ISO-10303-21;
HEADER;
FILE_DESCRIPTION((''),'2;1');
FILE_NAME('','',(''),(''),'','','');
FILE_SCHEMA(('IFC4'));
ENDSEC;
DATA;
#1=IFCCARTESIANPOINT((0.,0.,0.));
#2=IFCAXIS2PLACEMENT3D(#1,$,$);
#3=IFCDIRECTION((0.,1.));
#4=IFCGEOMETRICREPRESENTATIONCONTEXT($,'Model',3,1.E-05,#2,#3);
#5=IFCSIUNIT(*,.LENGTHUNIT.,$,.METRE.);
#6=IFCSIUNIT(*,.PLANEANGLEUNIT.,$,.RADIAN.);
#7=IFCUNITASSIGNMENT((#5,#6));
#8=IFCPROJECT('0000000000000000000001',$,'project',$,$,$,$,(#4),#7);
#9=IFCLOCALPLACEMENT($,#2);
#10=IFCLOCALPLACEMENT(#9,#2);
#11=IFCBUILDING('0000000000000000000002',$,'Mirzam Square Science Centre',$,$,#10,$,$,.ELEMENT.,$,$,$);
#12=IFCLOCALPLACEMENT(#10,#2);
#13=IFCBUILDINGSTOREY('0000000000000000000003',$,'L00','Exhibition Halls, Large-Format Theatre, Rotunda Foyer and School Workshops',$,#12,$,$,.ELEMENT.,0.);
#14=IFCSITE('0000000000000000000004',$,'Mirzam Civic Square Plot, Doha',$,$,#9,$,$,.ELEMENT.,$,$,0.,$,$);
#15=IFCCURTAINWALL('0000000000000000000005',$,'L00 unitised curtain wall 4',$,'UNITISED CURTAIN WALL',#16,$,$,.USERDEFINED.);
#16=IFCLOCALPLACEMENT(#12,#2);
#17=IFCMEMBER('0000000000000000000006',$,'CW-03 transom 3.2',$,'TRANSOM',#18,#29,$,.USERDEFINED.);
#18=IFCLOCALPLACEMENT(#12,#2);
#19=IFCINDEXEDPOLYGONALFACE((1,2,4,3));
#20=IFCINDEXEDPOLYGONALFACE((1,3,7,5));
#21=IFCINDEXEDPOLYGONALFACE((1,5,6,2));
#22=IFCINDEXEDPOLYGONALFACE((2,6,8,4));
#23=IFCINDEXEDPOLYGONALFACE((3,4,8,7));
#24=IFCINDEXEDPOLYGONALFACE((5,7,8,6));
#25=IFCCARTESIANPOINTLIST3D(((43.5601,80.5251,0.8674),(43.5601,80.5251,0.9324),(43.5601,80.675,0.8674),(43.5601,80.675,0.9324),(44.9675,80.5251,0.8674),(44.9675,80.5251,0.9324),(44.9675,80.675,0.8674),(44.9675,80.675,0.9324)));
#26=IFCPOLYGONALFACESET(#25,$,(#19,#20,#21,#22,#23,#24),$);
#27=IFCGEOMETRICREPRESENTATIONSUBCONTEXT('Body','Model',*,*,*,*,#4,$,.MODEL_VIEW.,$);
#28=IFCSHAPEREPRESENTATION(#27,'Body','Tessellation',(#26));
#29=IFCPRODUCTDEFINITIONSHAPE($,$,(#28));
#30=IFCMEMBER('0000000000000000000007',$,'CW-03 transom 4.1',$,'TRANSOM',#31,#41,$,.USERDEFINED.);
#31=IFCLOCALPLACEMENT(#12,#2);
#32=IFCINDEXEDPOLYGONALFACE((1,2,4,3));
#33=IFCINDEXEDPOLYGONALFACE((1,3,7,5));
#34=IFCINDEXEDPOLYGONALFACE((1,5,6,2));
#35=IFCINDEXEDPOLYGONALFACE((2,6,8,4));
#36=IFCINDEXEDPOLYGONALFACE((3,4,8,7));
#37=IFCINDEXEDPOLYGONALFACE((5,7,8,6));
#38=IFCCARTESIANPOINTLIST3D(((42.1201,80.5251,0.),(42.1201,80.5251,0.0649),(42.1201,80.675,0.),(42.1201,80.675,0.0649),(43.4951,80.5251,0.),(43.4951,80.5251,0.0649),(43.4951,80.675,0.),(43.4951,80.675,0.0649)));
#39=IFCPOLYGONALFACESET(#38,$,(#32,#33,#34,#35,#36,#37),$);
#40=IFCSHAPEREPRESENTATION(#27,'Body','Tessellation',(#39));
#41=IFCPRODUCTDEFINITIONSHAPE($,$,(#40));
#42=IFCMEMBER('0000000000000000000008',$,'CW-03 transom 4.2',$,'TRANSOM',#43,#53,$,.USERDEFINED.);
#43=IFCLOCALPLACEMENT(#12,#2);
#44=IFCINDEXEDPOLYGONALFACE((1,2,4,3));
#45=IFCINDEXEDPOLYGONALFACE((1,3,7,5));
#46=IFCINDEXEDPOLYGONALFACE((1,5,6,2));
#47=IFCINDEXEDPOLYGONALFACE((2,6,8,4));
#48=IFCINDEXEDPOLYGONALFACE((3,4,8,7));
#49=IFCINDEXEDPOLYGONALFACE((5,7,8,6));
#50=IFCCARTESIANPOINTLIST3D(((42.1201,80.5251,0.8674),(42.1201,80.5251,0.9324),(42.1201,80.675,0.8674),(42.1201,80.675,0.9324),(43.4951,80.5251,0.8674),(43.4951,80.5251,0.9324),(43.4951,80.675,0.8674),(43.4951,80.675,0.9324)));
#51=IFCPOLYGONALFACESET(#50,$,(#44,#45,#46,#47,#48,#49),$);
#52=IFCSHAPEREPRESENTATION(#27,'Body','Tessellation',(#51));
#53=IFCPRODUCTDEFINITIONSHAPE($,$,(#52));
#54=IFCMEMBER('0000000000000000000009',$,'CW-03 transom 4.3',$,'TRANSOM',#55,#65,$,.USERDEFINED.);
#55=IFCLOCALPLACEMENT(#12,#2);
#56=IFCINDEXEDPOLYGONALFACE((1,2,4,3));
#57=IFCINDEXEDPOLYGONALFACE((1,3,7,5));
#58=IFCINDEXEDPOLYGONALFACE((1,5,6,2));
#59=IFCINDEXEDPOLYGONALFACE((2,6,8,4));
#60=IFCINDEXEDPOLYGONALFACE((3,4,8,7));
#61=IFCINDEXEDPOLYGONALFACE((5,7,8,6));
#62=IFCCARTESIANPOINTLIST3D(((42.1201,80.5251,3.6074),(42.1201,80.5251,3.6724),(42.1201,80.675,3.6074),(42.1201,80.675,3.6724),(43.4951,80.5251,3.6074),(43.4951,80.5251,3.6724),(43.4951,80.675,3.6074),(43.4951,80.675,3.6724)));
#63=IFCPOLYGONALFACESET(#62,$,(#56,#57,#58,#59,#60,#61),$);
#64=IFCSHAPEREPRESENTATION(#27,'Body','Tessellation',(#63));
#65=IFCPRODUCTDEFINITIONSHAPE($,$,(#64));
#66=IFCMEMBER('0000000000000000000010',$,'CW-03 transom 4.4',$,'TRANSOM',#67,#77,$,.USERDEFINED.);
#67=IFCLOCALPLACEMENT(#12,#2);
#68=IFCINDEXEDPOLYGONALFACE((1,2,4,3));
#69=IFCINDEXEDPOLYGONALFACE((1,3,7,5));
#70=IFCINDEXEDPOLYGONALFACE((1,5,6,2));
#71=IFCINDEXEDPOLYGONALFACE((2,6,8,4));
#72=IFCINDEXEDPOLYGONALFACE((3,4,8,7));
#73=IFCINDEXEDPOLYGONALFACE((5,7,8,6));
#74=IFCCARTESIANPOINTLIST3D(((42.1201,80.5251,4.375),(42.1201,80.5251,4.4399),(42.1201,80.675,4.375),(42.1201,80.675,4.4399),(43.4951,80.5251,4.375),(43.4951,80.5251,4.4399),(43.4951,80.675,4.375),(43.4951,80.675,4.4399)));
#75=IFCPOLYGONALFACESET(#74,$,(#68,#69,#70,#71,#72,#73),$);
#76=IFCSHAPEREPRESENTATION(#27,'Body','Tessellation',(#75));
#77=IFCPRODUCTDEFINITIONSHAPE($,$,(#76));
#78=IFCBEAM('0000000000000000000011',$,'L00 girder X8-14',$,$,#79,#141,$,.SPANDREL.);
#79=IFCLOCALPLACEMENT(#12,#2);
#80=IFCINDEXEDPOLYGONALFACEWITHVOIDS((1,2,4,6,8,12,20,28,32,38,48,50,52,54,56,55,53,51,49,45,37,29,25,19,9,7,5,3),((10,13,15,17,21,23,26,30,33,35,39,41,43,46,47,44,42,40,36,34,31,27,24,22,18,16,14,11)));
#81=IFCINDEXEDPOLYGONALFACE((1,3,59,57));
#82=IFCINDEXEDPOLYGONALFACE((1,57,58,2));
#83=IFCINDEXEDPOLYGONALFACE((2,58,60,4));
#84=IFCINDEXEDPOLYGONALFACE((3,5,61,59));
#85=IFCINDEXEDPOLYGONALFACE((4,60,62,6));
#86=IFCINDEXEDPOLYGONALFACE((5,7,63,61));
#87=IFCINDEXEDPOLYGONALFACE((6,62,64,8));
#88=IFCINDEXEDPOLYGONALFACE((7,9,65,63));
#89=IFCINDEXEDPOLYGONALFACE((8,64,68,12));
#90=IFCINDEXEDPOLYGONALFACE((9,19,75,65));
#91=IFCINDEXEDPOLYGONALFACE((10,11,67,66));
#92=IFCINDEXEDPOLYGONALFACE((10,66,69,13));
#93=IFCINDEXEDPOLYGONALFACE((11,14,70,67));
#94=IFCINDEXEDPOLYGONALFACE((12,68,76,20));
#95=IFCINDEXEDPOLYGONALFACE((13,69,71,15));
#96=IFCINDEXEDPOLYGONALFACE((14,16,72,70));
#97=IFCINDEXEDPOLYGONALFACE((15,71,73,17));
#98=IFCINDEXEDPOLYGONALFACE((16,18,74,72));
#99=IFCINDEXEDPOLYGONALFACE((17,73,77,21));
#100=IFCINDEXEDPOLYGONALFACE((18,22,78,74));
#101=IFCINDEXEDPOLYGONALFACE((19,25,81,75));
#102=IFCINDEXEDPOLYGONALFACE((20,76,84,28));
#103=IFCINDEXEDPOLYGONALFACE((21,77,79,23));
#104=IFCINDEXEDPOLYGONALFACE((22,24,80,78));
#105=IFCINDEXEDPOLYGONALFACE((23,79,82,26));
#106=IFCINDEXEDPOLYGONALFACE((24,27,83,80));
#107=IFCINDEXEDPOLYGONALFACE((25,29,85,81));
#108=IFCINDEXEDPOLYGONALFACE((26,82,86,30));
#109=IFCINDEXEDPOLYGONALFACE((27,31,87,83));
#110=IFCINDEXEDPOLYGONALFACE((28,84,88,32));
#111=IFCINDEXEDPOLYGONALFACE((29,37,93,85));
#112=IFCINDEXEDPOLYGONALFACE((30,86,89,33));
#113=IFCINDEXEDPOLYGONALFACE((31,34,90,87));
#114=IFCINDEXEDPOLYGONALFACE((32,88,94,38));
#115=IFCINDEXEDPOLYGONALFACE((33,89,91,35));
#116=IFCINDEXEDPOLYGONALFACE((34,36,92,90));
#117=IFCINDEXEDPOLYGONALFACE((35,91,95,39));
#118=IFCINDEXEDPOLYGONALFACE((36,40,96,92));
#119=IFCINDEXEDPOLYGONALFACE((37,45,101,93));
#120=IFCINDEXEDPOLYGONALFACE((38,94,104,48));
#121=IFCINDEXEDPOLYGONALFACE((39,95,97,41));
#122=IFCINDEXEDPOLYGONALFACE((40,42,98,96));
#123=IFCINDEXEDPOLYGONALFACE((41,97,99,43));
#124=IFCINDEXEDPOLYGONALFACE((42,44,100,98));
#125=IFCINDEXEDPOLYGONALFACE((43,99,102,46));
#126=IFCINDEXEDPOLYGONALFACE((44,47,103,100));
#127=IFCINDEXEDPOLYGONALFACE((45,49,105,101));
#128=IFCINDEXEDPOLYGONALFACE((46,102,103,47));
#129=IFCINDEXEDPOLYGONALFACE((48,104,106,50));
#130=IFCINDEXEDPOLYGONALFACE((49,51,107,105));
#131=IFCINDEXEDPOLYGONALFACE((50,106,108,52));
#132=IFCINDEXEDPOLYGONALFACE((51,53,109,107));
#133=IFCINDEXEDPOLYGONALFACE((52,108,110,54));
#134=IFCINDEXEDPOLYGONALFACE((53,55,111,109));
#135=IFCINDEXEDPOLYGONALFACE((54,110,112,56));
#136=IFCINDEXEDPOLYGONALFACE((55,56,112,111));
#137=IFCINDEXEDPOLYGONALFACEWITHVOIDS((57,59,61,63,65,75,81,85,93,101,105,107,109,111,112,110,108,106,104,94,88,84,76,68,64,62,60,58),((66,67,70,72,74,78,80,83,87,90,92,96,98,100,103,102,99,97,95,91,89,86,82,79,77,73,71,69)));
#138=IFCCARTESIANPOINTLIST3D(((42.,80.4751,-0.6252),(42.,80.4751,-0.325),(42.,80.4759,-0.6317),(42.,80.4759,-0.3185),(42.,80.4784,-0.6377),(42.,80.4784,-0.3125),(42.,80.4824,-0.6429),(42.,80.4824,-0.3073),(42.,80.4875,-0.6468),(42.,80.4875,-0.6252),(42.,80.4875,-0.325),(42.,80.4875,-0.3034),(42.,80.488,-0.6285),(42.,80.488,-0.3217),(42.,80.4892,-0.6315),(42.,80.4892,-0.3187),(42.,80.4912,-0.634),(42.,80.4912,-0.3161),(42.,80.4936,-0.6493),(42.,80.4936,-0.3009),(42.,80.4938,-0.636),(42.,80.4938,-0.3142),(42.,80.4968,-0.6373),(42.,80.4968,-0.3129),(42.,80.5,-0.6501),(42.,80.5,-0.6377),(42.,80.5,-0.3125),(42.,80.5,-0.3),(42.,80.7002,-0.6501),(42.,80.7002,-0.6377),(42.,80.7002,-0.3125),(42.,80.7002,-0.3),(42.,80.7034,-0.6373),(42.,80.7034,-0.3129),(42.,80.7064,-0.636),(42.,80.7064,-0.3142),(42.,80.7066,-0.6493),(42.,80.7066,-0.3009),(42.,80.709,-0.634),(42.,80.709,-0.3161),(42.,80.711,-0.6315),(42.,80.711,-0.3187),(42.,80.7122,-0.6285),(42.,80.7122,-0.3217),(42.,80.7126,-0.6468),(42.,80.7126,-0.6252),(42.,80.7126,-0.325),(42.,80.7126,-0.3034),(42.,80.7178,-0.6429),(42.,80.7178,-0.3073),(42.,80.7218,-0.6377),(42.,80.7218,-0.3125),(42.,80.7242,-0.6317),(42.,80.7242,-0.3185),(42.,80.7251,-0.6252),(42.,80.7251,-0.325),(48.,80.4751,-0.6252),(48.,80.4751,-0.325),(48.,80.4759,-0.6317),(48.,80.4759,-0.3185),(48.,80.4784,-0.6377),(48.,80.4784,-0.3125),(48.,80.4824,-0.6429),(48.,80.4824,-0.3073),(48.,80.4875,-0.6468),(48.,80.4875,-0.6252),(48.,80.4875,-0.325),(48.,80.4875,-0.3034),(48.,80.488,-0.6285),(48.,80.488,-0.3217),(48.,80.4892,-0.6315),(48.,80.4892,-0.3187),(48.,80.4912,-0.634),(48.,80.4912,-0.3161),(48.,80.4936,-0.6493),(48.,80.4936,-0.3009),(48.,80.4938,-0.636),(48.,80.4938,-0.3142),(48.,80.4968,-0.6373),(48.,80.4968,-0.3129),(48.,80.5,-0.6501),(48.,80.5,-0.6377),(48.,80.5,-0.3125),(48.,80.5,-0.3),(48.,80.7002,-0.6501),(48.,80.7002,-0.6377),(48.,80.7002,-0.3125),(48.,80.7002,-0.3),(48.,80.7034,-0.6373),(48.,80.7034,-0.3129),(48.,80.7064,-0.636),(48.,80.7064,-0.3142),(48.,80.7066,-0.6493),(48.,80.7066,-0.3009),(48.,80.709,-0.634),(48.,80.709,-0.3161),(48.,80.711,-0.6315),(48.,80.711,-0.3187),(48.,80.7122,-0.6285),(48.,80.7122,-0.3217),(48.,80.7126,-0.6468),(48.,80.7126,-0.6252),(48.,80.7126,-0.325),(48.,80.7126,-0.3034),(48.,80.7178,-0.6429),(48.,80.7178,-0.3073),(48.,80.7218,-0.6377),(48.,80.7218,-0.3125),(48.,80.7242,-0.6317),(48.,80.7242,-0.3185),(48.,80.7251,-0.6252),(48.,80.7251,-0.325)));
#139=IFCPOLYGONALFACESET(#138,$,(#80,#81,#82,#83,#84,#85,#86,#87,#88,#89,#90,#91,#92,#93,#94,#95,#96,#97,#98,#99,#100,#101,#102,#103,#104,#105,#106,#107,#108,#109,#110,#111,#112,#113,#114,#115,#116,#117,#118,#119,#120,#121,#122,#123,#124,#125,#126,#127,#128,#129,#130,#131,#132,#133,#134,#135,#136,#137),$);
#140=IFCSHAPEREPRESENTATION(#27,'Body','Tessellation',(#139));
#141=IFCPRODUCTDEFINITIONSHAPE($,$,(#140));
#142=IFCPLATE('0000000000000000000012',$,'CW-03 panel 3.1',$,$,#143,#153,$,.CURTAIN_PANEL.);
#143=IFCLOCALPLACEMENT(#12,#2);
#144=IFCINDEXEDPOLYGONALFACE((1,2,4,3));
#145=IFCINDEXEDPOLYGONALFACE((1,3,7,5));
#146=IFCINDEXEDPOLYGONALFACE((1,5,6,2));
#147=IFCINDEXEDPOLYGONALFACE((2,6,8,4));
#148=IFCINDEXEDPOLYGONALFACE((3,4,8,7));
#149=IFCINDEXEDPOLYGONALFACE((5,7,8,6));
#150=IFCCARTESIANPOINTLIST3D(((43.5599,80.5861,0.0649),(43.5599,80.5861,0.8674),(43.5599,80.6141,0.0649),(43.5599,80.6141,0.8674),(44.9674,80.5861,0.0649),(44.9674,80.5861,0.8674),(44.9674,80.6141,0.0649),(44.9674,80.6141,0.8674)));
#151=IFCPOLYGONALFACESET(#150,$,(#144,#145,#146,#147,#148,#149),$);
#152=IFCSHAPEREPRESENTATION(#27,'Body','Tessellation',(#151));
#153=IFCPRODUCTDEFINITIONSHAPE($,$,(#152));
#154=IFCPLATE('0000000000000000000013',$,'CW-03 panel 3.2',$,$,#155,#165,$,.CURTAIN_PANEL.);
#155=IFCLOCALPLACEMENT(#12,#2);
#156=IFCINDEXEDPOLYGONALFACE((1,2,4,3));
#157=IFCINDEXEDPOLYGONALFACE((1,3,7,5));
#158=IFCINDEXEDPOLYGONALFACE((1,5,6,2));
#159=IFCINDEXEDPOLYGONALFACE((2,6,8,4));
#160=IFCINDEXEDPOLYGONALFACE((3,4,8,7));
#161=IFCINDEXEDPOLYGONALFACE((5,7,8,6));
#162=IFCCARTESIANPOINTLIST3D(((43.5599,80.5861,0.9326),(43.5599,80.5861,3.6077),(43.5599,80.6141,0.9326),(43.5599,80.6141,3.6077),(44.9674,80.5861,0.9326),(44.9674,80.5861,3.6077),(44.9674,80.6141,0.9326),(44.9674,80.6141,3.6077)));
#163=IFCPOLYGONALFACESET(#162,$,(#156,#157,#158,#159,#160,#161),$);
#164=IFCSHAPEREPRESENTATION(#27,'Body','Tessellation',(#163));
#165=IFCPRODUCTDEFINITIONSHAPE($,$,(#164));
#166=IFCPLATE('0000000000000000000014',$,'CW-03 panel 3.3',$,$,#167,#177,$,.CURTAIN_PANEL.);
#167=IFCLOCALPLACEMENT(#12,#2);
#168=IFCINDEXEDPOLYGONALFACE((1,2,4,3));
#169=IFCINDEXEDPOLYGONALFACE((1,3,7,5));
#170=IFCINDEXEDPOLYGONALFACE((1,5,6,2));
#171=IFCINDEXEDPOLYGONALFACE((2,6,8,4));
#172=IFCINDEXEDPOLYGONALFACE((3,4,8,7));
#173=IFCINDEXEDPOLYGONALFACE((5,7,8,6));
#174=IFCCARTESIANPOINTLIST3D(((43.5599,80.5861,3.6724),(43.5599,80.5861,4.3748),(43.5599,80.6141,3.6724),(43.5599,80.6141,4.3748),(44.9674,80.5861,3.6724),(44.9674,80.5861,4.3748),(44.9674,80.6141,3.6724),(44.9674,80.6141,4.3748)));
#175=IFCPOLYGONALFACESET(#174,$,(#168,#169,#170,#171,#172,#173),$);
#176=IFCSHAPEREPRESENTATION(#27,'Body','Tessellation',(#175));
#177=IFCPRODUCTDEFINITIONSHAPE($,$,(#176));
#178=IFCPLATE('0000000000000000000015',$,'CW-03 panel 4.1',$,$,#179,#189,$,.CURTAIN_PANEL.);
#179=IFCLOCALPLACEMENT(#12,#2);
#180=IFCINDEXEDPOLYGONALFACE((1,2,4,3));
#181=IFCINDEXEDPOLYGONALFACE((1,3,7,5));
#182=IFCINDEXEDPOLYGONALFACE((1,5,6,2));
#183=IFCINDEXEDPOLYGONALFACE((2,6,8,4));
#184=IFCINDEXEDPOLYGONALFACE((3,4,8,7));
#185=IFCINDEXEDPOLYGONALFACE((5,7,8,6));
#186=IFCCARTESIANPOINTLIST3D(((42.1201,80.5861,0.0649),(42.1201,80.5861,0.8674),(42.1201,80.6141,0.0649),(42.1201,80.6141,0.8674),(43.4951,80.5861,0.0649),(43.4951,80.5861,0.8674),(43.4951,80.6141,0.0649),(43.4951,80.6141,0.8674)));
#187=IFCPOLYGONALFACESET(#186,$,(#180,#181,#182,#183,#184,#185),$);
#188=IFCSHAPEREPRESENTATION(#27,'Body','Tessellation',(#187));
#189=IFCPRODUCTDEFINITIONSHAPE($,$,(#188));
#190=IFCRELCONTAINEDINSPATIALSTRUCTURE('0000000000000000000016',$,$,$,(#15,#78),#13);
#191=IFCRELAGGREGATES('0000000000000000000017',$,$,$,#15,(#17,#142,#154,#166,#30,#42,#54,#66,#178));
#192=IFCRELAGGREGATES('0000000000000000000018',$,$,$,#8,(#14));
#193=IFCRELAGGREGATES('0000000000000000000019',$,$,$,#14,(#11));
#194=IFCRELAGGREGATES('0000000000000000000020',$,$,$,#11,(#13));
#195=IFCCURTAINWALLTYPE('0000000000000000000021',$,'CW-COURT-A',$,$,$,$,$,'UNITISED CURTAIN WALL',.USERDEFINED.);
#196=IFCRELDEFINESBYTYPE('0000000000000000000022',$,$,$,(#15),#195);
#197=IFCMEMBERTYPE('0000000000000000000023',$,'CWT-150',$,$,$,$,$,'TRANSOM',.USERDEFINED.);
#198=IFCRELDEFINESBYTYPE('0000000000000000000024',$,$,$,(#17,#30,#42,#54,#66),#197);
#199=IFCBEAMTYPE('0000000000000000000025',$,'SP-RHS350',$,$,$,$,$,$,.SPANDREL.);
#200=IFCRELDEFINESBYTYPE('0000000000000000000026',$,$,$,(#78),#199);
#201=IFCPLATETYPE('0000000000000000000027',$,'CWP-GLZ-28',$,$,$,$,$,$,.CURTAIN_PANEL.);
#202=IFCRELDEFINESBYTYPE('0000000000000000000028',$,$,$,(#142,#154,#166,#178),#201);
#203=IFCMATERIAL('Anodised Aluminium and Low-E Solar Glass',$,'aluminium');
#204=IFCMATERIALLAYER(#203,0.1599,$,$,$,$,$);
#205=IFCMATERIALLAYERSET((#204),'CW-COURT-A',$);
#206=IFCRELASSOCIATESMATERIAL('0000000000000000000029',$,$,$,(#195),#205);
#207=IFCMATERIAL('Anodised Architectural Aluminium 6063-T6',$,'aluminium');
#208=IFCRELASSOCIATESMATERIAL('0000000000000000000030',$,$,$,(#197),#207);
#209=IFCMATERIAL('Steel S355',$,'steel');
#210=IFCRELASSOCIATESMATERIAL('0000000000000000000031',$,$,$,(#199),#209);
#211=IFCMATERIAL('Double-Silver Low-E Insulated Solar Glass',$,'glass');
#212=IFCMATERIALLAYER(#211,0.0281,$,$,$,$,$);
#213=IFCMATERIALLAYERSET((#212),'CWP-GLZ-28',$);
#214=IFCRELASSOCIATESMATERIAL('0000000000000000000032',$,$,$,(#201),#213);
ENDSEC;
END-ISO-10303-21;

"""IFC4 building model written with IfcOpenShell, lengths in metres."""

from ifc_helpers import new_model, si_unit, direction, frame, origin, origin_2d, place, context, subcontext, project, spatial, rectangle, hollow_rectangle, extrude, material, layer, layer_set, material_profile, profile_set, type_object, element, aggregate, save


model = new_model("IFC4")

# Units and contexts
model_context = context("Model", 3, precision=1e-05, world=origin(), true_north=direction((0.0, 1.0)))
body_context = subcontext(model_context, "Body", "Model", "MODEL_VIEW")
ifc_project = project(units=[si_unit("LENGTHUNIT", "METRE"), si_unit("PLANEANGLEUNIT", "RADIAN")], contexts=[model_context])

# Site, building, storey
site_placement = place(None, origin())
site = spatial("IfcSite", under=ifc_project, at=site_placement, Name="Mirzam Civic Square Plot, Doha", CompositionType="ELEMENT", RefElevation=0.0)
building_placement = place(site_placement, origin())
building = spatial("IfcBuilding", under=site, at=building_placement, Name="Mirzam Square Science Centre", CompositionType="ELEMENT")
storey_placement = place(building_placement, origin())
storey = spatial("IfcBuildingStorey", under=building, at=storey_placement, Name="L00", Description="Exhibition Halls, Large-Format Theatre, Rotunda Foyer and School Workshops", CompositionType="ELEMENT", Elevation=0.0)

# Shared definitions
ifc_material_1 = material(Name="Steel S355", Category="steel")

# Curtain wall, members
ifc_material_2 = material(Name="Anodised Aluminium and Low-E Solar Glass", Category="aluminium")
ifc_layer_1 = layer(ifc_material_2, 0.1599)
ifc_layer_set_1 = layer_set([ifc_layer_1], Name="CW-COURT-A")
curtain_wall_type = type_object("IfcCurtainWallType", Name="CW-COURT-A", ElementType="UNITISED CURTAIN WALL", PredefinedType="USERDEFINED", material=ifc_layer_set_1)
curtain_wall_placement = place(storey_placement, origin())
curtain_wall = element("IfcCurtainWall", 1, at=curtain_wall_placement, inside=storey, type_object=curtain_wall_type, Name="L00 unitised curtain wall 4", ObjectType="UNITISED CURTAIN WALL", PredefinedType="USERDEFINED")
ifc_material_3 = material(Name="Anodised Architectural Aluminium 6063-T6", Category="aluminium")
ifc_material_profile_1 = material_profile(ifc_material_3, rectangle(XDim=0.1499, YDim=0.0649, at=origin_2d()), Name="ALU-TRAN-150x65x4")
ifc_profile_set_1 = profile_set([ifc_material_profile_1], Name="Anodised Architectural Aluminium 6063-T6")
member_type_1 = type_object("IfcMemberType", Name="CWT-150", ElementType="TRANSOM", PredefinedType="USERDEFINED", material=ifc_profile_set_1)
member_1_placement = place(storey_placement, frame((44.9675, 80.6001, 0.8999), z_axis=(-1.0, 0.0, 0.0), x_axis=(0.0, -1.0, 0.0)))
member_1 = element("IfcMember", 2, at=member_1_placement, type_object=member_type_1, Name="CW-03 transom 3.2", ObjectType="TRANSOM", PredefinedType="USERDEFINED", context=body_context, shape_type="SweptSolid", body=[
    extrude(rectangle(XDim=0.1499, YDim=0.0649, at=origin_2d()), origin(), (0.0, 0.0, 1.0), 1.4075),
])
member_2_placement = place(storey_placement, frame((43.4951, 80.6001, 0.0325), z_axis=(-1.0, 0.0, 0.0), x_axis=(0.0, -1.0, 0.0)))
member_2 = element("IfcMember", 3, at=member_2_placement, type_object=member_type_1, Name="CW-03 transom 4.1", ObjectType="TRANSOM", PredefinedType="USERDEFINED", context=body_context, shape_type="SweptSolid", body=[
    extrude(rectangle(XDim=0.1499, YDim=0.0649, at=origin_2d()), origin(), (0.0, 0.0, 1.0), 1.375),
])
member_3_placement = place(storey_placement, frame((43.4951, 80.6001, 0.8999), z_axis=(-1.0, 0.0, 0.0), x_axis=(0.0, -1.0, 0.0)))
member_3 = element("IfcMember", 4, at=member_3_placement, type_object=member_type_1, Name="CW-03 transom 4.2", ObjectType="TRANSOM", PredefinedType="USERDEFINED", context=body_context, shape_type="SweptSolid", body=[
    extrude(rectangle(XDim=0.1499, YDim=0.0649, at=origin_2d()), origin(), (0.0, 0.0, 1.0), 1.375),
])
member_4_placement = place(storey_placement, frame((43.4951, 80.6001, 3.6399), z_axis=(-1.0, 0.0, 0.0), x_axis=(0.0, -1.0, 0.0)))
member_4 = element("IfcMember", 5, at=member_4_placement, type_object=member_type_1, Name="CW-03 transom 4.3", ObjectType="TRANSOM", PredefinedType="USERDEFINED", context=body_context, shape_type="SweptSolid", body=[
    extrude(rectangle(XDim=0.1499, YDim=0.0649, at=origin_2d()), origin(), (0.0, 0.0, 1.0), 1.375),
])
member_5_placement = place(storey_placement, frame((43.4951, 80.6001, 4.4075), z_axis=(-1.0, 0.0, 0.0), x_axis=(0.0, -1.0, 0.0)))
member_5 = element("IfcMember", 6, at=member_5_placement, type_object=member_type_1, Name="CW-03 transom 4.4", ObjectType="TRANSOM", PredefinedType="USERDEFINED", context=body_context, shape_type="SweptSolid", body=[
    extrude(rectangle(XDim=0.1499, YDim=0.0649, at=origin_2d()), origin(), (0.0, 0.0, 1.0), 1.375),
])

# Beam
ifc_material_profile_2 = material_profile(ifc_material_1, hollow_rectangle(XDim=0.25, YDim=0.3501, WallThickness=0.0125, InnerFilletRadius=0.0125, OuterFilletRadius=0.0249, at=origin_2d()), Name="350x250x12.5RHS")
ifc_profile_set_2 = profile_set([ifc_material_profile_2], Name="Steel S355")
beam_type = type_object("IfcBeamType", Name="SP-RHS350", PredefinedType="SPANDREL", material=ifc_profile_set_2)
beam_placement = place(storey_placement, frame((42.0, 80.6001, -0.4751), z_axis=(1.0, 0.0, 0.0), x_axis=(0.0, 1.0, 0.0)))
element("IfcBeam", 7, at=beam_placement, inside=storey, type_object=beam_type, Name="L00 girder X8-14", PredefinedType="SPANDREL", context=body_context, shape_type="SweptSolid", body=[
    extrude(hollow_rectangle(XDim=0.25, YDim=0.3501, WallThickness=0.0125, InnerFilletRadius=0.0125, OuterFilletRadius=0.0249, at=origin_2d()), origin(), (0.0, 0.0, 1.0), 6.0),
])

# Plates
ifc_material_4 = material(Name="Double-Silver Low-E Insulated Solar Glass", Category="glass")
ifc_layer_2 = layer(ifc_material_4, 0.0281)
ifc_layer_set_2 = layer_set([ifc_layer_2], Name="CWP-GLZ-28")
plate_type = type_object("IfcPlateType", Name="CWP-GLZ-28", PredefinedType="CURTAIN_PANEL", material=ifc_layer_set_2)
plate_1_placement = place(storey_placement, frame((44.2637, 80.6001, 0.0649), z_axis=(0.0, 0.0, 1.0), x_axis=(-1.0, 0.0, 0.0)))
plate_1 = element("IfcPlate", 8, at=plate_1_placement, type_object=plate_type, Name="CW-03 panel 3.1", PredefinedType="CURTAIN_PANEL", context=body_context, shape_type="SweptSolid", body=[
    extrude(rectangle(XDim=1.4075, YDim=0.0281, at=origin_2d()), origin(), (0.0, 0.0, 1.0), 0.8025),
])
plate_2_placement = place(storey_placement, frame((44.2637, 80.6001, 0.9326), z_axis=(0.0, 0.0, 1.0), x_axis=(-1.0, 0.0, 0.0)))
plate_2 = element("IfcPlate", 9, at=plate_2_placement, type_object=plate_type, Name="CW-03 panel 3.2", PredefinedType="CURTAIN_PANEL", context=body_context, shape_type="SweptSolid", body=[
    extrude(rectangle(XDim=1.4075, YDim=0.0281, at=origin_2d()), origin(), (0.0, 0.0, 1.0), 2.675),
])
plate_3_placement = place(storey_placement, frame((44.2637, 80.6001, 3.6724), z_axis=(0.0, 0.0, 1.0), x_axis=(-1.0, 0.0, 0.0)))
plate_3 = element("IfcPlate", 10, at=plate_3_placement, type_object=plate_type, Name="CW-03 panel 3.3", PredefinedType="CURTAIN_PANEL", context=body_context, shape_type="SweptSolid", body=[
    extrude(rectangle(XDim=1.4075, YDim=0.0281, at=origin_2d()), origin(), (0.0, 0.0, 1.0), 0.7024),
])
plate_4_placement = place(storey_placement, frame((42.8076, 80.6001, 0.0649), z_axis=(0.0, 0.0, 1.0), x_axis=(-1.0, 0.0, 0.0)))
plate_4 = element("IfcPlate", 11, at=plate_4_placement, type_object=plate_type, Name="CW-03 panel 4.1", PredefinedType="CURTAIN_PANEL", context=body_context, shape_type="SweptSolid", body=[
    extrude(rectangle(XDim=1.375, YDim=0.0281, at=origin_2d()), origin(), (0.0, 0.0, 1.0), 0.8025),
])
aggregate(curtain_wall, [member_1, plate_1, plate_2, plate_3, member_2, member_3, member_4, member_5, plate_4])

save(model, "model.ifc")
